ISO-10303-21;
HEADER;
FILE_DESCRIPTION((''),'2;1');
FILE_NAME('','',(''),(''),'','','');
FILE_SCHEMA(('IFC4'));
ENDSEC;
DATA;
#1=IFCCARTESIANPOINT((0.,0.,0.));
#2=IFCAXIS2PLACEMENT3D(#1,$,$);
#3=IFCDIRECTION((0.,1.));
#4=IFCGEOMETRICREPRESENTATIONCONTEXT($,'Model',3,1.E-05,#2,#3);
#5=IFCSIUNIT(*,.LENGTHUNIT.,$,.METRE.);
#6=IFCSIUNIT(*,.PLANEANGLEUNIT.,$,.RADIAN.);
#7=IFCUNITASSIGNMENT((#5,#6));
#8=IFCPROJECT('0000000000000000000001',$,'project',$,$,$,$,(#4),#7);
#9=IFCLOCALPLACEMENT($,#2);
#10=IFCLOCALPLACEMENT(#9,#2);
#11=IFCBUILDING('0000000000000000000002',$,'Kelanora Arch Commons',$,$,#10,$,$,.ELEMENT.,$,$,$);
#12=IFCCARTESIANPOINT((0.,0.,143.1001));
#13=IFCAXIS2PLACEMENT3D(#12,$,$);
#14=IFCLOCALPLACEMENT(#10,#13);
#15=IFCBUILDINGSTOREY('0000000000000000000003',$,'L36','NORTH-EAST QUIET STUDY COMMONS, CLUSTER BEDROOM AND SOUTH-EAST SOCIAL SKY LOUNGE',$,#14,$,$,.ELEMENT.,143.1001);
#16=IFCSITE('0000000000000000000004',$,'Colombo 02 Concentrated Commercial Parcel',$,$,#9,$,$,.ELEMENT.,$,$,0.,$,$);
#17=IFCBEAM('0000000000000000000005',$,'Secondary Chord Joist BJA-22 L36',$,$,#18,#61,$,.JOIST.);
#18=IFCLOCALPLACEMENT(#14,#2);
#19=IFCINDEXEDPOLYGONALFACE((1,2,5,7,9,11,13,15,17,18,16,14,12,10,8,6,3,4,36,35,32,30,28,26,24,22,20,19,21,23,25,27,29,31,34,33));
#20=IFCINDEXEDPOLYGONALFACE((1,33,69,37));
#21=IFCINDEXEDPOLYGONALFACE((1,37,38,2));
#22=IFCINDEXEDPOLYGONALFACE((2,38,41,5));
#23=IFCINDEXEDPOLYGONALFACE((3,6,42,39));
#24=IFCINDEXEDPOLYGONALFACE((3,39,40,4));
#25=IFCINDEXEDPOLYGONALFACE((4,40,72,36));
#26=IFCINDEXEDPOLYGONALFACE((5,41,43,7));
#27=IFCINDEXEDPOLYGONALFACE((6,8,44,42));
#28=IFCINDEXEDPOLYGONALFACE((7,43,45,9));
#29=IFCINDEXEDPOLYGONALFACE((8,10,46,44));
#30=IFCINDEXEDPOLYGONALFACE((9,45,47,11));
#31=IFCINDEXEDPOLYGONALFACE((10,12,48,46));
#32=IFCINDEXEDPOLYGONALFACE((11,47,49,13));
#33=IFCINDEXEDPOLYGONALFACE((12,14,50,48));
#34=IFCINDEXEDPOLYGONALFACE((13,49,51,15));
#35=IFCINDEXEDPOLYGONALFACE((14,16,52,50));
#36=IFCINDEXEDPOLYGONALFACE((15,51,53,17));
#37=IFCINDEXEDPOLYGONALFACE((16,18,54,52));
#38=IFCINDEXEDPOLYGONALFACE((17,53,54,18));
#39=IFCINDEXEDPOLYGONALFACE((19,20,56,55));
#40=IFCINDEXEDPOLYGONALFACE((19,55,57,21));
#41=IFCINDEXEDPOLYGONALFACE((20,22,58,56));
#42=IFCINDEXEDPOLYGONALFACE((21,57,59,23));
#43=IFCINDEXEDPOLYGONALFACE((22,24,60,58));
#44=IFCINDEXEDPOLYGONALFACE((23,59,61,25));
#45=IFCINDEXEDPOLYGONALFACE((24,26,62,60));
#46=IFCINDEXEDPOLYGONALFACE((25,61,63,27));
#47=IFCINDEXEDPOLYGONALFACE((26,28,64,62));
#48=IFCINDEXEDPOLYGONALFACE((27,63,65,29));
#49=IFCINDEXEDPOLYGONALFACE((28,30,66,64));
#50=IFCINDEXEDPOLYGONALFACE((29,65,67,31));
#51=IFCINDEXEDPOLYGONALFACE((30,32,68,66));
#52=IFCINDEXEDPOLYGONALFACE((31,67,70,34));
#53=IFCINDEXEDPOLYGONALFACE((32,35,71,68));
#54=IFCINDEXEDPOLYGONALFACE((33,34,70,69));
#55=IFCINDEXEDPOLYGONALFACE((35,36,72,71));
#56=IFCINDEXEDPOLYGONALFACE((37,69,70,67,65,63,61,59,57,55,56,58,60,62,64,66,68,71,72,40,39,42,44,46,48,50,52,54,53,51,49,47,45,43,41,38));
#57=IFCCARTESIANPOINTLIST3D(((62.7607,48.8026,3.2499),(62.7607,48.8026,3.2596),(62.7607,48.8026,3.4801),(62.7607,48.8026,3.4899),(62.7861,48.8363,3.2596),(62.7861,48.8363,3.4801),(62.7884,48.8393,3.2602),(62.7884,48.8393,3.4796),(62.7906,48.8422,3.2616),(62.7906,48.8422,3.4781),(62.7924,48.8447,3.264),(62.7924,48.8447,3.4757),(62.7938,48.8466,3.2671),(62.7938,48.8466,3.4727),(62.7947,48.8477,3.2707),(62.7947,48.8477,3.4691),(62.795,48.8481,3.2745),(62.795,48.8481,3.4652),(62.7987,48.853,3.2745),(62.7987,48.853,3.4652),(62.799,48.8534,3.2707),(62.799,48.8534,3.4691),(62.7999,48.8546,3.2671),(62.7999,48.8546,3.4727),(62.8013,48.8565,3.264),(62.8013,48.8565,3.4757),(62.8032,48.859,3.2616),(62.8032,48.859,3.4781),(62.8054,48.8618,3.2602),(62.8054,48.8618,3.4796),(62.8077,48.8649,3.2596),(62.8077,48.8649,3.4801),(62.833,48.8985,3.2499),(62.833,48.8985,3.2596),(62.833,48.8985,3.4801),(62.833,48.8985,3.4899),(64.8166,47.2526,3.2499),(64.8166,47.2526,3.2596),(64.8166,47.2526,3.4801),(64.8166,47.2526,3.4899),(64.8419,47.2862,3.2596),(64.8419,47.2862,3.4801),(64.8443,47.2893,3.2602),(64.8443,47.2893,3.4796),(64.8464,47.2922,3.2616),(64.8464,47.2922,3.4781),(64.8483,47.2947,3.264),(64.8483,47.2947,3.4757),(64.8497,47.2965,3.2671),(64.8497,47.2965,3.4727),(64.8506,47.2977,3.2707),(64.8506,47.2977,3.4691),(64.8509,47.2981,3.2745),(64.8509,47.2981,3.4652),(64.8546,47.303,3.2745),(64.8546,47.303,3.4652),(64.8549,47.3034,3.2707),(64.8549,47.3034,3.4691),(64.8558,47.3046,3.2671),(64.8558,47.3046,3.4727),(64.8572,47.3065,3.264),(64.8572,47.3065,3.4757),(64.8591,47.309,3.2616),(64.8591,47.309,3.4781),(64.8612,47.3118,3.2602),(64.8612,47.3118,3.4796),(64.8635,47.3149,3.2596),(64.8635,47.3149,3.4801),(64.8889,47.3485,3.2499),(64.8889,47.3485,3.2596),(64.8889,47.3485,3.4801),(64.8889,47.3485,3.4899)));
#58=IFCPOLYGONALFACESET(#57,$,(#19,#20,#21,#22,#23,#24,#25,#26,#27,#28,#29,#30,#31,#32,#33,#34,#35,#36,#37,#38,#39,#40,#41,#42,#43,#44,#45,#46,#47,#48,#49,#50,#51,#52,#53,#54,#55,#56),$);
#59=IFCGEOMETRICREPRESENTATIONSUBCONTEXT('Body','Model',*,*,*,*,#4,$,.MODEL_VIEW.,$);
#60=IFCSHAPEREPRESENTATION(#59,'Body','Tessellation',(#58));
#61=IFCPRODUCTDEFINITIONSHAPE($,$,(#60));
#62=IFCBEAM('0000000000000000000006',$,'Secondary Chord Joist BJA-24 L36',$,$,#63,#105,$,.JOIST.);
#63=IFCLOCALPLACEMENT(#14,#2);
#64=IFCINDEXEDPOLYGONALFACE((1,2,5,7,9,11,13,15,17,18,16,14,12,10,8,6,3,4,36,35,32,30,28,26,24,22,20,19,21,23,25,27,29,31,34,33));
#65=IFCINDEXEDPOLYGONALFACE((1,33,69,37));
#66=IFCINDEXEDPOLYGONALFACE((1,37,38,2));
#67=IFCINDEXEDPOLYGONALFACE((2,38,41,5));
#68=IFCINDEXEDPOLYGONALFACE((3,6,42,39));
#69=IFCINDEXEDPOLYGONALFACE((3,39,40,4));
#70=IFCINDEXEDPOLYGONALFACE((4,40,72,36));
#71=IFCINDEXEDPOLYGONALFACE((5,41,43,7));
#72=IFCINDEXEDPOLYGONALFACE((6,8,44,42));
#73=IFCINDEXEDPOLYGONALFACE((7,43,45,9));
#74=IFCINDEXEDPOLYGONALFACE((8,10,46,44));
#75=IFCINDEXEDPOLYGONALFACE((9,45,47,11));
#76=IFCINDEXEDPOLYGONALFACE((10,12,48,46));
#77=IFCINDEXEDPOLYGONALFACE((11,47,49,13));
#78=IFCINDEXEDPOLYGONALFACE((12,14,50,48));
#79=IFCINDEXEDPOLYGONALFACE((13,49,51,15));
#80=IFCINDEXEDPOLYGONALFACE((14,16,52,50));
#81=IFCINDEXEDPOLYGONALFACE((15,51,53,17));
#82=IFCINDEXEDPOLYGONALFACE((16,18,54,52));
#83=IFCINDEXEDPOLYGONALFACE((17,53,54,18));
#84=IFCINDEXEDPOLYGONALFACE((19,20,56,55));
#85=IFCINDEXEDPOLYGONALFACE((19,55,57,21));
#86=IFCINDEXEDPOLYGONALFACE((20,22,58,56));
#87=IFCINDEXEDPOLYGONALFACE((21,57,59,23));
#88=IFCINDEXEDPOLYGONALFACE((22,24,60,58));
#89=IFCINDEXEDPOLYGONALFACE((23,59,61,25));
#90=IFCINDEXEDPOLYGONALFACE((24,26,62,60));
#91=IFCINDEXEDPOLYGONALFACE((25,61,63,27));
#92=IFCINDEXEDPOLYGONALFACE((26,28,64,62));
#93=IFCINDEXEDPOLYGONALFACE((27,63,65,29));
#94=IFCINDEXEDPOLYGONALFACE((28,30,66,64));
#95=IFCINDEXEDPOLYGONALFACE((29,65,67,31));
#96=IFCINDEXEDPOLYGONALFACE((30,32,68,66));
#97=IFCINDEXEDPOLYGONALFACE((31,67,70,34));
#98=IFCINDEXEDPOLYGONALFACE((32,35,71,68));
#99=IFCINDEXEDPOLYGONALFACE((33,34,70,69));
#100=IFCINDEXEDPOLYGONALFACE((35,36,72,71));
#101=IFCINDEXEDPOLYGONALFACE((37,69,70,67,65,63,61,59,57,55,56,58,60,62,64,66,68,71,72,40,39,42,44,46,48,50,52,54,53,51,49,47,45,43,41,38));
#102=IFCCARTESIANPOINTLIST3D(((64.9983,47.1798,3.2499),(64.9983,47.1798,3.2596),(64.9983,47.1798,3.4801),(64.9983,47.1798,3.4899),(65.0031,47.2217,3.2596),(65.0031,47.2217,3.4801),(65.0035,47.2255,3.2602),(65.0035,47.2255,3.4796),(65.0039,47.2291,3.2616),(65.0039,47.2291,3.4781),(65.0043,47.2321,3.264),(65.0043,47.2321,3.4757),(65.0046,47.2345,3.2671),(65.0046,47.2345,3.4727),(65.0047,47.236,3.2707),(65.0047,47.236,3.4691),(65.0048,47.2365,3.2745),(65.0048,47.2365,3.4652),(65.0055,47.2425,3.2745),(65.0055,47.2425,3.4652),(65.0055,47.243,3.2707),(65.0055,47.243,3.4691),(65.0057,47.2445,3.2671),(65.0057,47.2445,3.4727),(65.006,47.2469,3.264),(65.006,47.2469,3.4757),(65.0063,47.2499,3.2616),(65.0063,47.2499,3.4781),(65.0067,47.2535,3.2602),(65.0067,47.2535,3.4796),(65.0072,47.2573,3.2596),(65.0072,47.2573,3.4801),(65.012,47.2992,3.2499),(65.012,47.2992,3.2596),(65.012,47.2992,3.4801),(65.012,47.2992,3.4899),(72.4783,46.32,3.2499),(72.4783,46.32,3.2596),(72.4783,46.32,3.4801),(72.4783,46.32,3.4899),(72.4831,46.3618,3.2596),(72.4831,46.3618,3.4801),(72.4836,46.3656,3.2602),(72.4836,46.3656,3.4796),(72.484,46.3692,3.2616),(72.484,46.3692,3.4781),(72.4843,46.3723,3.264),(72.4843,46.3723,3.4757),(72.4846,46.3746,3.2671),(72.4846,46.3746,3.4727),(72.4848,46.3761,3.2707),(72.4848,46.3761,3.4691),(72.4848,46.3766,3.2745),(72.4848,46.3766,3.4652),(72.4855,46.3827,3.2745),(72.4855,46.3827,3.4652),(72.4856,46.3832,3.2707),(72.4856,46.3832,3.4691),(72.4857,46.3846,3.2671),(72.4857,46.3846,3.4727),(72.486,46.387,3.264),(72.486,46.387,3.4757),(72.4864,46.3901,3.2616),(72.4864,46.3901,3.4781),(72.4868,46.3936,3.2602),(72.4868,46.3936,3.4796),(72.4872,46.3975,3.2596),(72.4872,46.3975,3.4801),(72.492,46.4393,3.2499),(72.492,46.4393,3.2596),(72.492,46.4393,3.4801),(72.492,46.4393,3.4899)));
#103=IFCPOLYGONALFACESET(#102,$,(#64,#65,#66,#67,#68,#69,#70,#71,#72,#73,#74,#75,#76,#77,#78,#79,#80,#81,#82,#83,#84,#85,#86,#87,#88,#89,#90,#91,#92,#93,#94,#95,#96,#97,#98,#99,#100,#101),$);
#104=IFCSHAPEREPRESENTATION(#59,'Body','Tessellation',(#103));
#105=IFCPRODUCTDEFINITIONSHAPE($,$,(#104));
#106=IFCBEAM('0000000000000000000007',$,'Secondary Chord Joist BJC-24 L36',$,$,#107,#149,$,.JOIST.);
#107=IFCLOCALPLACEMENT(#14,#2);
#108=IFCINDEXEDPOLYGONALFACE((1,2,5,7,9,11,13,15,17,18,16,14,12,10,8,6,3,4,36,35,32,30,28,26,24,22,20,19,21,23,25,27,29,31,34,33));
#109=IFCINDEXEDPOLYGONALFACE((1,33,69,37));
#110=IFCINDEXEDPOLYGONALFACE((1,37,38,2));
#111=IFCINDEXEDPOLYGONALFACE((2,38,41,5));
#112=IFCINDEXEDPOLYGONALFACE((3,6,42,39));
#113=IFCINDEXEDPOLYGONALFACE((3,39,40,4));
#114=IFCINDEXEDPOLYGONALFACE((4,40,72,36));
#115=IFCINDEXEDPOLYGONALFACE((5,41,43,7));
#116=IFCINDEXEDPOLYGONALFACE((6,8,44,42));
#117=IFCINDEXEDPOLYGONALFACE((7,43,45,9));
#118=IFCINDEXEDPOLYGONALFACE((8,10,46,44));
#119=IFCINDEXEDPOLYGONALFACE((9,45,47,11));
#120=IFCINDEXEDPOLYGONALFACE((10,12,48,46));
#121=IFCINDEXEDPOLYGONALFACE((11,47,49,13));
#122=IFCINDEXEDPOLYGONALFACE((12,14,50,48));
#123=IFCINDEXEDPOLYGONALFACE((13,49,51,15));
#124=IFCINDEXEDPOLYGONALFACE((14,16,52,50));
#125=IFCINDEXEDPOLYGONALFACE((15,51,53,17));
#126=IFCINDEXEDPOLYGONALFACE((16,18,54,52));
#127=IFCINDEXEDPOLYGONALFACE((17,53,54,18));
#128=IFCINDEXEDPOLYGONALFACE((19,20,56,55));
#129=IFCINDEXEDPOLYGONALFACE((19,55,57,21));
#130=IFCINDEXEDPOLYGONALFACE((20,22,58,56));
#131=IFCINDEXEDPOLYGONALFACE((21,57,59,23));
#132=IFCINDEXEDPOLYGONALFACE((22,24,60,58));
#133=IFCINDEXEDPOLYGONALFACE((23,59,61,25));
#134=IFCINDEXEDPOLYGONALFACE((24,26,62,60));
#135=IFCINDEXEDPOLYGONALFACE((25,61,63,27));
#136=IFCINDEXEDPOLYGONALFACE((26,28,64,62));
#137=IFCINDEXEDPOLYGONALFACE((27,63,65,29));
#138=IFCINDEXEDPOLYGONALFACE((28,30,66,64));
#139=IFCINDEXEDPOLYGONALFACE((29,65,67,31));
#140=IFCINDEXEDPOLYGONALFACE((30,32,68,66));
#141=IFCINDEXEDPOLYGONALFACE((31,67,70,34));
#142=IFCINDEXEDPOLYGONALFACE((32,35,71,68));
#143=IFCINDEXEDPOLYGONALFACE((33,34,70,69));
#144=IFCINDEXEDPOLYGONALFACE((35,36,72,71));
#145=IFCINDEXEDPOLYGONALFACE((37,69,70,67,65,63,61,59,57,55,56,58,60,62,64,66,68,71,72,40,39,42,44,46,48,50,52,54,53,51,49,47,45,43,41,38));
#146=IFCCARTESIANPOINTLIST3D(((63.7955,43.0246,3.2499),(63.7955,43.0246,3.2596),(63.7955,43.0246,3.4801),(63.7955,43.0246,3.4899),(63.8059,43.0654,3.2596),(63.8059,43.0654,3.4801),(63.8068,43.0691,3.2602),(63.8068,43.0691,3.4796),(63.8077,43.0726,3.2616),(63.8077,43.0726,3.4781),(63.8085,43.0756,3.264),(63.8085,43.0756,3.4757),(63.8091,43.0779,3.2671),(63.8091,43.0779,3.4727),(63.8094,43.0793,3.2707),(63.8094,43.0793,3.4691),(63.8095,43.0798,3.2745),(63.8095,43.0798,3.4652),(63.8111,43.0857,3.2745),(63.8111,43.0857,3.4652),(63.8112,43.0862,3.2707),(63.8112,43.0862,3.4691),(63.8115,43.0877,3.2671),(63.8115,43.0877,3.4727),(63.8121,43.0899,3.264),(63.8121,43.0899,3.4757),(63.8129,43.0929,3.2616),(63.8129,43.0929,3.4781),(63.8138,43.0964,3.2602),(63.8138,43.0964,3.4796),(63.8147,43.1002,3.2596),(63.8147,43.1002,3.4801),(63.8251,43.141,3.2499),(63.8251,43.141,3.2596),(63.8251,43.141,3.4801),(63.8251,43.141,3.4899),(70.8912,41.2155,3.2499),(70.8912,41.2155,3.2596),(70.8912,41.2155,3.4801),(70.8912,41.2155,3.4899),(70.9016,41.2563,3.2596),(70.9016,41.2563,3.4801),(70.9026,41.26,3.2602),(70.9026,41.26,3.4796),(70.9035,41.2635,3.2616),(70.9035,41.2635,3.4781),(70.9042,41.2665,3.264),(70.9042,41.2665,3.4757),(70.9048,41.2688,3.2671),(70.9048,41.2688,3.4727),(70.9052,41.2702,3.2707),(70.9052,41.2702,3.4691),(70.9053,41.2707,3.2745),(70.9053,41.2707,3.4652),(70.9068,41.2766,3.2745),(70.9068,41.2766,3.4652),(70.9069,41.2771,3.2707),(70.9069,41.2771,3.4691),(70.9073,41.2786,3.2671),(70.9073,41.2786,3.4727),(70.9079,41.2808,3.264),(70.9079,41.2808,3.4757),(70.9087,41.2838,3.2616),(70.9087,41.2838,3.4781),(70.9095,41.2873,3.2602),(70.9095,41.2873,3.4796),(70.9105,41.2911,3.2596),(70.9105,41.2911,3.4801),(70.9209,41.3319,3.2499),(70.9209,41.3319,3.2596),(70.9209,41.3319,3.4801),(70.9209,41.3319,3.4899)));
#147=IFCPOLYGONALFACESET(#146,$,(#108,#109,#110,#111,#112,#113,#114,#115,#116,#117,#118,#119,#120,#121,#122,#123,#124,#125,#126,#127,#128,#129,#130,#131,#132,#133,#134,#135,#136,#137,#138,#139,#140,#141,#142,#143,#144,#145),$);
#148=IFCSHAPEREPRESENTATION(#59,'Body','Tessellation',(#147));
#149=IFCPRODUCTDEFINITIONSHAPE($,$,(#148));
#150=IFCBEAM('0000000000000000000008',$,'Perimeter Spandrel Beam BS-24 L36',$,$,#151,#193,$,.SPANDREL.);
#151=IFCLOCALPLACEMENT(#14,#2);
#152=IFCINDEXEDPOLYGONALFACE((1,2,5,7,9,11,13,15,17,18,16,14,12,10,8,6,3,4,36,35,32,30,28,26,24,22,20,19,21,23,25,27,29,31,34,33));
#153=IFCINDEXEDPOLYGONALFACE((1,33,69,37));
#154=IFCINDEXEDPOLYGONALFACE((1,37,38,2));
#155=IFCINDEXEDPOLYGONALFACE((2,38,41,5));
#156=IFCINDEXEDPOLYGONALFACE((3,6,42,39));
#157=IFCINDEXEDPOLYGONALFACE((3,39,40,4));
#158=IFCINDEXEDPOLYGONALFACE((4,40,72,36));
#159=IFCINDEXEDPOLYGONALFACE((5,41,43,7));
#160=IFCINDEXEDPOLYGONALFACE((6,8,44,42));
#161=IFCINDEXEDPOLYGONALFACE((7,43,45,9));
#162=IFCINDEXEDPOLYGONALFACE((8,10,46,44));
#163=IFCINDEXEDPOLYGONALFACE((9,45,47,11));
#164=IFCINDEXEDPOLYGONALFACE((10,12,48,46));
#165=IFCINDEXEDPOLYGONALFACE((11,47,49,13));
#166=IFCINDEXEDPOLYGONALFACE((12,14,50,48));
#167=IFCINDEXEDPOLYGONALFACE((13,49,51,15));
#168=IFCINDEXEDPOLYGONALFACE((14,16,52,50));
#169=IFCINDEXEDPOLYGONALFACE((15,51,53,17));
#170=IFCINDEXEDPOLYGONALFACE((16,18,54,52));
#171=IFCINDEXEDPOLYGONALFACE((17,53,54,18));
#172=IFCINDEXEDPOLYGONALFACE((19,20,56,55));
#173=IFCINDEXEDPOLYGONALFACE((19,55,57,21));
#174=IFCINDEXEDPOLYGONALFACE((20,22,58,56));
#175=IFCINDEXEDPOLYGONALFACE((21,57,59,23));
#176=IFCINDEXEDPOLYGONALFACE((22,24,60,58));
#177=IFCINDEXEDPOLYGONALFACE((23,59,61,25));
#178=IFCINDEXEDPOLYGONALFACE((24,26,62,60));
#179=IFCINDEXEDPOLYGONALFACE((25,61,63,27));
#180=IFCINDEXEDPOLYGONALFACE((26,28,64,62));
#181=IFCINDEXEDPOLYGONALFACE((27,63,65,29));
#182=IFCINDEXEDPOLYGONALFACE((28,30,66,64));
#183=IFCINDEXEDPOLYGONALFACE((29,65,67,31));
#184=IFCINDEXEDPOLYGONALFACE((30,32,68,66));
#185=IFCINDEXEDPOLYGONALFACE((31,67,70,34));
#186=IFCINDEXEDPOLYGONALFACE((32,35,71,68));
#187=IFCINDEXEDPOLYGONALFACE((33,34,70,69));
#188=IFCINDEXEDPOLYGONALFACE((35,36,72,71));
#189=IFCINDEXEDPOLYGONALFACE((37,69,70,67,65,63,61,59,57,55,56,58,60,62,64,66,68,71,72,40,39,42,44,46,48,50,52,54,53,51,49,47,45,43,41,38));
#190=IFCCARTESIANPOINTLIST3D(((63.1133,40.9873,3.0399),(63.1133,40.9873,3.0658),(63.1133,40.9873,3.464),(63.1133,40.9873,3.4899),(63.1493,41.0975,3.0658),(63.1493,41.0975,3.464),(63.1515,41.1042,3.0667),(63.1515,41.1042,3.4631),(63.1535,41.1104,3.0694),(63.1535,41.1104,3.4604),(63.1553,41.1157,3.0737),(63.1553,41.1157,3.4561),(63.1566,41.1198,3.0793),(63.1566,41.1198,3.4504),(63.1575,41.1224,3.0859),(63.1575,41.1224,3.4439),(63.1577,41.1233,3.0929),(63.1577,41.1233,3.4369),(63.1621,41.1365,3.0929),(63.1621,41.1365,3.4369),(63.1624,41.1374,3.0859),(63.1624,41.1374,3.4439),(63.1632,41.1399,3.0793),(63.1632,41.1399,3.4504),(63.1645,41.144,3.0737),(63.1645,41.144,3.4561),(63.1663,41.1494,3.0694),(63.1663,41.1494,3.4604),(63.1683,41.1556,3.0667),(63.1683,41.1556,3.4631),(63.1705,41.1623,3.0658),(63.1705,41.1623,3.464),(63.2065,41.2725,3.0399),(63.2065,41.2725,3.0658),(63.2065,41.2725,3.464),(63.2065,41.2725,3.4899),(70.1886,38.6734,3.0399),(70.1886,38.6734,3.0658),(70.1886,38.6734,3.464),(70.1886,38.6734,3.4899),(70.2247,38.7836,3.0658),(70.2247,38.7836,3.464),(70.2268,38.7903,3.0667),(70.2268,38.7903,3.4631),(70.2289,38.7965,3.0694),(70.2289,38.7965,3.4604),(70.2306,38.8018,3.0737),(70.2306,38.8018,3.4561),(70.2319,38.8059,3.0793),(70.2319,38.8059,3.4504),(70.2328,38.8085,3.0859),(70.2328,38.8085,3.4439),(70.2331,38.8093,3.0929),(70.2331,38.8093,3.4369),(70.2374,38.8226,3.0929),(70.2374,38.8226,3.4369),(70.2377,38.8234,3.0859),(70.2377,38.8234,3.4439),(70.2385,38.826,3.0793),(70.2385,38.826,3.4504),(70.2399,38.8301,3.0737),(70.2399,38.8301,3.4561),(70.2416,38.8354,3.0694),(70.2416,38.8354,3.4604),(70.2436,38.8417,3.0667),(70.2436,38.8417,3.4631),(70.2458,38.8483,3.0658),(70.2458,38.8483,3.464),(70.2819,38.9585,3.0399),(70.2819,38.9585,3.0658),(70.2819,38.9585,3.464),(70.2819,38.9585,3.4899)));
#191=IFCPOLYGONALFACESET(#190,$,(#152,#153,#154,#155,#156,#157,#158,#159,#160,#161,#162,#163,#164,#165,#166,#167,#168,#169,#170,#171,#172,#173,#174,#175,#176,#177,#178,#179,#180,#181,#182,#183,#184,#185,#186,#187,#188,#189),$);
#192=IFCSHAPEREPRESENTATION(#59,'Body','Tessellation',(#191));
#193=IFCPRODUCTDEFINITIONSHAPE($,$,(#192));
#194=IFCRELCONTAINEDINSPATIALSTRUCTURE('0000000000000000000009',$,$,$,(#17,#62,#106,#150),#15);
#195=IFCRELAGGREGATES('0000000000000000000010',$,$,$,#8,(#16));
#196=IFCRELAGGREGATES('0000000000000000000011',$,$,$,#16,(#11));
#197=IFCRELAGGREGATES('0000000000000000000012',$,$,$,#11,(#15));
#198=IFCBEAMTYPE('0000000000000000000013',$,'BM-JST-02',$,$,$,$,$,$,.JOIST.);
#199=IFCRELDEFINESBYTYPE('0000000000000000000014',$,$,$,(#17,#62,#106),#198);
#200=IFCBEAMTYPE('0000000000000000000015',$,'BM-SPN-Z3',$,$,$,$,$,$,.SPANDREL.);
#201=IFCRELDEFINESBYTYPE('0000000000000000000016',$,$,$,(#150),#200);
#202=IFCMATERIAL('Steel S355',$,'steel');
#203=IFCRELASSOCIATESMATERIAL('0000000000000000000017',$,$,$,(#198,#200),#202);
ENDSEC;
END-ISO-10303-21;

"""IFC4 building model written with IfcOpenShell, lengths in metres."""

from ifc_helpers import new_model, si_unit, direction, frame, origin, origin_2d, place, context, subcontext, project, spatial, i_section, extrude, material, material_profile, profile_set, type_object, element, save


model = new_model("IFC4")

# Units and contexts
model_context = context("Model", 3, precision=1e-05, world=origin(), true_north=direction((0.0, 1.0)))
body_context = subcontext(model_context, "Body", "Model", "MODEL_VIEW")
ifc_project = project(units=[si_unit("LENGTHUNIT", "METRE"), si_unit("PLANEANGLEUNIT", "RADIAN")], contexts=[model_context])

# Site, building, storey
site_placement = place(None, origin())
site = spatial("IfcSite", under=ifc_project, at=site_placement, Name="Colombo 02 Concentrated Commercial Parcel", CompositionType="ELEMENT", RefElevation=0.0)
building_placement = place(site_placement, origin())
building = spatial("IfcBuilding", under=site, at=building_placement, Name="Kelanora Arch Commons", CompositionType="ELEMENT")
storey_placement = place(building_placement, frame((0.0, 0.0, 143.1001)))
storey = spatial("IfcBuildingStorey", under=building, at=storey_placement, Name="L36", Description="NORTH-EAST QUIET STUDY COMMONS, CLUSTER BEDROOM AND SOUTH-EAST SOCIAL SKY LOUNGE", CompositionType="ELEMENT", Elevation=143.1001)

# Beams
ifc_material_1 = material(Name="Steel S355", Category="steel")
ifc_material_profile_1 = material_profile(ifc_material_1, i_section(OverallWidth=0.1201, OverallDepth=0.24, WebThickness=0.0061, FlangeThickness=0.0098, FilletRadius=0.0149, at=origin_2d()), Name="IPE240")
ifc_profile_set_1 = profile_set([ifc_material_profile_1], Name="Steel S355")
beam_type_1 = type_object("IfcBeamType", Name="BM-JST-02", PredefinedType="JOIST", material=ifc_profile_set_1)
beam_1_placement = place(storey_placement, frame((62.7969, 48.8506, 3.3699), z_axis=(0.798484, -0.602016, 0.0), x_axis=(0.602016, 0.798484, 0.0)))
element("IfcBeam", 1, at=beam_1_placement, inside=storey, type_object=beam_type_1, Name="Secondary Chord Joist BJA-22 L36", PredefinedType="JOIST", context=body_context, shape_type="SweptSolid", body=[
    extrude(i_section(OverallWidth=0.1201, OverallDepth=0.24, WebThickness=0.0061, FlangeThickness=0.0098, FilletRadius=0.0149, at=origin_2d()), origin(), (0.0, 0.0, 1.0), 2.5747),
])
beam_2_placement = place(storey_placement, frame((65.0051, 47.2395, 3.3699), z_axis=(0.993457, -0.114203, 0.0), x_axis=(0.114203, 0.993457, 0.0)))
element("IfcBeam", 2, at=beam_2_placement, inside=storey, type_object=beam_type_1, Name="Secondary Chord Joist BJA-24 L36", PredefinedType="JOIST", context=body_context, shape_type="SweptSolid", body=[
    extrude(i_section(OverallWidth=0.1201, OverallDepth=0.24, WebThickness=0.0061, FlangeThickness=0.0098, FilletRadius=0.0149, at=origin_2d()), origin(), (0.0, 0.0, 1.0), 7.5293),
])
beam_3_placement = place(storey_placement, frame((63.8103, 43.0828, 3.3699), z_axis=(0.969002, -0.247052, 0.0), x_axis=(0.247052, 0.969002, 0.0)))
element("IfcBeam", 3, at=beam_3_placement, inside=storey, type_object=beam_type_1, Name="Secondary Chord Joist BJC-24 L36", PredefinedType="JOIST", context=body_context, shape_type="SweptSolid", body=[
    extrude(i_section(OverallWidth=0.1201, OverallDepth=0.24, WebThickness=0.0061, FlangeThickness=0.0098, FilletRadius=0.0149, at=origin_2d()), origin(), (0.0, 0.0, 1.0), 7.3228),
])
ifc_material_profile_2 = material_profile(ifc_material_1, i_section(OverallWidth=0.3, OverallDepth=0.45, WebThickness=0.0139, FlangeThickness=0.0259, FilletRadius=0.0271, at=origin_2d()), Name="HEB450")
ifc_profile_set_2 = profile_set([ifc_material_profile_2], Name="Steel S355")
beam_type_2 = type_object("IfcBeamType", Name="BM-SPN-Z3", PredefinedType="SPANDREL", material=ifc_profile_set_2)
beam_4_placement = place(storey_placement, frame((63.1599, 41.1299, 3.2649), z_axis=(0.950462, -0.310841, 0.0), x_axis=(0.310841, 0.950462, 0.0)))
element("IfcBeam", 4, at=beam_4_placement, inside=storey, type_object=beam_type_2, Name="Perimeter Spandrel Beam BS-24 L36", PredefinedType="SPANDREL", context=body_context, shape_type="SweptSolid", body=[
    extrude(i_section(OverallWidth=0.3, OverallDepth=0.45, WebThickness=0.0139, FlangeThickness=0.0259, FilletRadius=0.0271, at=origin_2d()), origin(), (0.0, 0.0, 1.0), 7.4441),
])

save(model, "model.ifc")
